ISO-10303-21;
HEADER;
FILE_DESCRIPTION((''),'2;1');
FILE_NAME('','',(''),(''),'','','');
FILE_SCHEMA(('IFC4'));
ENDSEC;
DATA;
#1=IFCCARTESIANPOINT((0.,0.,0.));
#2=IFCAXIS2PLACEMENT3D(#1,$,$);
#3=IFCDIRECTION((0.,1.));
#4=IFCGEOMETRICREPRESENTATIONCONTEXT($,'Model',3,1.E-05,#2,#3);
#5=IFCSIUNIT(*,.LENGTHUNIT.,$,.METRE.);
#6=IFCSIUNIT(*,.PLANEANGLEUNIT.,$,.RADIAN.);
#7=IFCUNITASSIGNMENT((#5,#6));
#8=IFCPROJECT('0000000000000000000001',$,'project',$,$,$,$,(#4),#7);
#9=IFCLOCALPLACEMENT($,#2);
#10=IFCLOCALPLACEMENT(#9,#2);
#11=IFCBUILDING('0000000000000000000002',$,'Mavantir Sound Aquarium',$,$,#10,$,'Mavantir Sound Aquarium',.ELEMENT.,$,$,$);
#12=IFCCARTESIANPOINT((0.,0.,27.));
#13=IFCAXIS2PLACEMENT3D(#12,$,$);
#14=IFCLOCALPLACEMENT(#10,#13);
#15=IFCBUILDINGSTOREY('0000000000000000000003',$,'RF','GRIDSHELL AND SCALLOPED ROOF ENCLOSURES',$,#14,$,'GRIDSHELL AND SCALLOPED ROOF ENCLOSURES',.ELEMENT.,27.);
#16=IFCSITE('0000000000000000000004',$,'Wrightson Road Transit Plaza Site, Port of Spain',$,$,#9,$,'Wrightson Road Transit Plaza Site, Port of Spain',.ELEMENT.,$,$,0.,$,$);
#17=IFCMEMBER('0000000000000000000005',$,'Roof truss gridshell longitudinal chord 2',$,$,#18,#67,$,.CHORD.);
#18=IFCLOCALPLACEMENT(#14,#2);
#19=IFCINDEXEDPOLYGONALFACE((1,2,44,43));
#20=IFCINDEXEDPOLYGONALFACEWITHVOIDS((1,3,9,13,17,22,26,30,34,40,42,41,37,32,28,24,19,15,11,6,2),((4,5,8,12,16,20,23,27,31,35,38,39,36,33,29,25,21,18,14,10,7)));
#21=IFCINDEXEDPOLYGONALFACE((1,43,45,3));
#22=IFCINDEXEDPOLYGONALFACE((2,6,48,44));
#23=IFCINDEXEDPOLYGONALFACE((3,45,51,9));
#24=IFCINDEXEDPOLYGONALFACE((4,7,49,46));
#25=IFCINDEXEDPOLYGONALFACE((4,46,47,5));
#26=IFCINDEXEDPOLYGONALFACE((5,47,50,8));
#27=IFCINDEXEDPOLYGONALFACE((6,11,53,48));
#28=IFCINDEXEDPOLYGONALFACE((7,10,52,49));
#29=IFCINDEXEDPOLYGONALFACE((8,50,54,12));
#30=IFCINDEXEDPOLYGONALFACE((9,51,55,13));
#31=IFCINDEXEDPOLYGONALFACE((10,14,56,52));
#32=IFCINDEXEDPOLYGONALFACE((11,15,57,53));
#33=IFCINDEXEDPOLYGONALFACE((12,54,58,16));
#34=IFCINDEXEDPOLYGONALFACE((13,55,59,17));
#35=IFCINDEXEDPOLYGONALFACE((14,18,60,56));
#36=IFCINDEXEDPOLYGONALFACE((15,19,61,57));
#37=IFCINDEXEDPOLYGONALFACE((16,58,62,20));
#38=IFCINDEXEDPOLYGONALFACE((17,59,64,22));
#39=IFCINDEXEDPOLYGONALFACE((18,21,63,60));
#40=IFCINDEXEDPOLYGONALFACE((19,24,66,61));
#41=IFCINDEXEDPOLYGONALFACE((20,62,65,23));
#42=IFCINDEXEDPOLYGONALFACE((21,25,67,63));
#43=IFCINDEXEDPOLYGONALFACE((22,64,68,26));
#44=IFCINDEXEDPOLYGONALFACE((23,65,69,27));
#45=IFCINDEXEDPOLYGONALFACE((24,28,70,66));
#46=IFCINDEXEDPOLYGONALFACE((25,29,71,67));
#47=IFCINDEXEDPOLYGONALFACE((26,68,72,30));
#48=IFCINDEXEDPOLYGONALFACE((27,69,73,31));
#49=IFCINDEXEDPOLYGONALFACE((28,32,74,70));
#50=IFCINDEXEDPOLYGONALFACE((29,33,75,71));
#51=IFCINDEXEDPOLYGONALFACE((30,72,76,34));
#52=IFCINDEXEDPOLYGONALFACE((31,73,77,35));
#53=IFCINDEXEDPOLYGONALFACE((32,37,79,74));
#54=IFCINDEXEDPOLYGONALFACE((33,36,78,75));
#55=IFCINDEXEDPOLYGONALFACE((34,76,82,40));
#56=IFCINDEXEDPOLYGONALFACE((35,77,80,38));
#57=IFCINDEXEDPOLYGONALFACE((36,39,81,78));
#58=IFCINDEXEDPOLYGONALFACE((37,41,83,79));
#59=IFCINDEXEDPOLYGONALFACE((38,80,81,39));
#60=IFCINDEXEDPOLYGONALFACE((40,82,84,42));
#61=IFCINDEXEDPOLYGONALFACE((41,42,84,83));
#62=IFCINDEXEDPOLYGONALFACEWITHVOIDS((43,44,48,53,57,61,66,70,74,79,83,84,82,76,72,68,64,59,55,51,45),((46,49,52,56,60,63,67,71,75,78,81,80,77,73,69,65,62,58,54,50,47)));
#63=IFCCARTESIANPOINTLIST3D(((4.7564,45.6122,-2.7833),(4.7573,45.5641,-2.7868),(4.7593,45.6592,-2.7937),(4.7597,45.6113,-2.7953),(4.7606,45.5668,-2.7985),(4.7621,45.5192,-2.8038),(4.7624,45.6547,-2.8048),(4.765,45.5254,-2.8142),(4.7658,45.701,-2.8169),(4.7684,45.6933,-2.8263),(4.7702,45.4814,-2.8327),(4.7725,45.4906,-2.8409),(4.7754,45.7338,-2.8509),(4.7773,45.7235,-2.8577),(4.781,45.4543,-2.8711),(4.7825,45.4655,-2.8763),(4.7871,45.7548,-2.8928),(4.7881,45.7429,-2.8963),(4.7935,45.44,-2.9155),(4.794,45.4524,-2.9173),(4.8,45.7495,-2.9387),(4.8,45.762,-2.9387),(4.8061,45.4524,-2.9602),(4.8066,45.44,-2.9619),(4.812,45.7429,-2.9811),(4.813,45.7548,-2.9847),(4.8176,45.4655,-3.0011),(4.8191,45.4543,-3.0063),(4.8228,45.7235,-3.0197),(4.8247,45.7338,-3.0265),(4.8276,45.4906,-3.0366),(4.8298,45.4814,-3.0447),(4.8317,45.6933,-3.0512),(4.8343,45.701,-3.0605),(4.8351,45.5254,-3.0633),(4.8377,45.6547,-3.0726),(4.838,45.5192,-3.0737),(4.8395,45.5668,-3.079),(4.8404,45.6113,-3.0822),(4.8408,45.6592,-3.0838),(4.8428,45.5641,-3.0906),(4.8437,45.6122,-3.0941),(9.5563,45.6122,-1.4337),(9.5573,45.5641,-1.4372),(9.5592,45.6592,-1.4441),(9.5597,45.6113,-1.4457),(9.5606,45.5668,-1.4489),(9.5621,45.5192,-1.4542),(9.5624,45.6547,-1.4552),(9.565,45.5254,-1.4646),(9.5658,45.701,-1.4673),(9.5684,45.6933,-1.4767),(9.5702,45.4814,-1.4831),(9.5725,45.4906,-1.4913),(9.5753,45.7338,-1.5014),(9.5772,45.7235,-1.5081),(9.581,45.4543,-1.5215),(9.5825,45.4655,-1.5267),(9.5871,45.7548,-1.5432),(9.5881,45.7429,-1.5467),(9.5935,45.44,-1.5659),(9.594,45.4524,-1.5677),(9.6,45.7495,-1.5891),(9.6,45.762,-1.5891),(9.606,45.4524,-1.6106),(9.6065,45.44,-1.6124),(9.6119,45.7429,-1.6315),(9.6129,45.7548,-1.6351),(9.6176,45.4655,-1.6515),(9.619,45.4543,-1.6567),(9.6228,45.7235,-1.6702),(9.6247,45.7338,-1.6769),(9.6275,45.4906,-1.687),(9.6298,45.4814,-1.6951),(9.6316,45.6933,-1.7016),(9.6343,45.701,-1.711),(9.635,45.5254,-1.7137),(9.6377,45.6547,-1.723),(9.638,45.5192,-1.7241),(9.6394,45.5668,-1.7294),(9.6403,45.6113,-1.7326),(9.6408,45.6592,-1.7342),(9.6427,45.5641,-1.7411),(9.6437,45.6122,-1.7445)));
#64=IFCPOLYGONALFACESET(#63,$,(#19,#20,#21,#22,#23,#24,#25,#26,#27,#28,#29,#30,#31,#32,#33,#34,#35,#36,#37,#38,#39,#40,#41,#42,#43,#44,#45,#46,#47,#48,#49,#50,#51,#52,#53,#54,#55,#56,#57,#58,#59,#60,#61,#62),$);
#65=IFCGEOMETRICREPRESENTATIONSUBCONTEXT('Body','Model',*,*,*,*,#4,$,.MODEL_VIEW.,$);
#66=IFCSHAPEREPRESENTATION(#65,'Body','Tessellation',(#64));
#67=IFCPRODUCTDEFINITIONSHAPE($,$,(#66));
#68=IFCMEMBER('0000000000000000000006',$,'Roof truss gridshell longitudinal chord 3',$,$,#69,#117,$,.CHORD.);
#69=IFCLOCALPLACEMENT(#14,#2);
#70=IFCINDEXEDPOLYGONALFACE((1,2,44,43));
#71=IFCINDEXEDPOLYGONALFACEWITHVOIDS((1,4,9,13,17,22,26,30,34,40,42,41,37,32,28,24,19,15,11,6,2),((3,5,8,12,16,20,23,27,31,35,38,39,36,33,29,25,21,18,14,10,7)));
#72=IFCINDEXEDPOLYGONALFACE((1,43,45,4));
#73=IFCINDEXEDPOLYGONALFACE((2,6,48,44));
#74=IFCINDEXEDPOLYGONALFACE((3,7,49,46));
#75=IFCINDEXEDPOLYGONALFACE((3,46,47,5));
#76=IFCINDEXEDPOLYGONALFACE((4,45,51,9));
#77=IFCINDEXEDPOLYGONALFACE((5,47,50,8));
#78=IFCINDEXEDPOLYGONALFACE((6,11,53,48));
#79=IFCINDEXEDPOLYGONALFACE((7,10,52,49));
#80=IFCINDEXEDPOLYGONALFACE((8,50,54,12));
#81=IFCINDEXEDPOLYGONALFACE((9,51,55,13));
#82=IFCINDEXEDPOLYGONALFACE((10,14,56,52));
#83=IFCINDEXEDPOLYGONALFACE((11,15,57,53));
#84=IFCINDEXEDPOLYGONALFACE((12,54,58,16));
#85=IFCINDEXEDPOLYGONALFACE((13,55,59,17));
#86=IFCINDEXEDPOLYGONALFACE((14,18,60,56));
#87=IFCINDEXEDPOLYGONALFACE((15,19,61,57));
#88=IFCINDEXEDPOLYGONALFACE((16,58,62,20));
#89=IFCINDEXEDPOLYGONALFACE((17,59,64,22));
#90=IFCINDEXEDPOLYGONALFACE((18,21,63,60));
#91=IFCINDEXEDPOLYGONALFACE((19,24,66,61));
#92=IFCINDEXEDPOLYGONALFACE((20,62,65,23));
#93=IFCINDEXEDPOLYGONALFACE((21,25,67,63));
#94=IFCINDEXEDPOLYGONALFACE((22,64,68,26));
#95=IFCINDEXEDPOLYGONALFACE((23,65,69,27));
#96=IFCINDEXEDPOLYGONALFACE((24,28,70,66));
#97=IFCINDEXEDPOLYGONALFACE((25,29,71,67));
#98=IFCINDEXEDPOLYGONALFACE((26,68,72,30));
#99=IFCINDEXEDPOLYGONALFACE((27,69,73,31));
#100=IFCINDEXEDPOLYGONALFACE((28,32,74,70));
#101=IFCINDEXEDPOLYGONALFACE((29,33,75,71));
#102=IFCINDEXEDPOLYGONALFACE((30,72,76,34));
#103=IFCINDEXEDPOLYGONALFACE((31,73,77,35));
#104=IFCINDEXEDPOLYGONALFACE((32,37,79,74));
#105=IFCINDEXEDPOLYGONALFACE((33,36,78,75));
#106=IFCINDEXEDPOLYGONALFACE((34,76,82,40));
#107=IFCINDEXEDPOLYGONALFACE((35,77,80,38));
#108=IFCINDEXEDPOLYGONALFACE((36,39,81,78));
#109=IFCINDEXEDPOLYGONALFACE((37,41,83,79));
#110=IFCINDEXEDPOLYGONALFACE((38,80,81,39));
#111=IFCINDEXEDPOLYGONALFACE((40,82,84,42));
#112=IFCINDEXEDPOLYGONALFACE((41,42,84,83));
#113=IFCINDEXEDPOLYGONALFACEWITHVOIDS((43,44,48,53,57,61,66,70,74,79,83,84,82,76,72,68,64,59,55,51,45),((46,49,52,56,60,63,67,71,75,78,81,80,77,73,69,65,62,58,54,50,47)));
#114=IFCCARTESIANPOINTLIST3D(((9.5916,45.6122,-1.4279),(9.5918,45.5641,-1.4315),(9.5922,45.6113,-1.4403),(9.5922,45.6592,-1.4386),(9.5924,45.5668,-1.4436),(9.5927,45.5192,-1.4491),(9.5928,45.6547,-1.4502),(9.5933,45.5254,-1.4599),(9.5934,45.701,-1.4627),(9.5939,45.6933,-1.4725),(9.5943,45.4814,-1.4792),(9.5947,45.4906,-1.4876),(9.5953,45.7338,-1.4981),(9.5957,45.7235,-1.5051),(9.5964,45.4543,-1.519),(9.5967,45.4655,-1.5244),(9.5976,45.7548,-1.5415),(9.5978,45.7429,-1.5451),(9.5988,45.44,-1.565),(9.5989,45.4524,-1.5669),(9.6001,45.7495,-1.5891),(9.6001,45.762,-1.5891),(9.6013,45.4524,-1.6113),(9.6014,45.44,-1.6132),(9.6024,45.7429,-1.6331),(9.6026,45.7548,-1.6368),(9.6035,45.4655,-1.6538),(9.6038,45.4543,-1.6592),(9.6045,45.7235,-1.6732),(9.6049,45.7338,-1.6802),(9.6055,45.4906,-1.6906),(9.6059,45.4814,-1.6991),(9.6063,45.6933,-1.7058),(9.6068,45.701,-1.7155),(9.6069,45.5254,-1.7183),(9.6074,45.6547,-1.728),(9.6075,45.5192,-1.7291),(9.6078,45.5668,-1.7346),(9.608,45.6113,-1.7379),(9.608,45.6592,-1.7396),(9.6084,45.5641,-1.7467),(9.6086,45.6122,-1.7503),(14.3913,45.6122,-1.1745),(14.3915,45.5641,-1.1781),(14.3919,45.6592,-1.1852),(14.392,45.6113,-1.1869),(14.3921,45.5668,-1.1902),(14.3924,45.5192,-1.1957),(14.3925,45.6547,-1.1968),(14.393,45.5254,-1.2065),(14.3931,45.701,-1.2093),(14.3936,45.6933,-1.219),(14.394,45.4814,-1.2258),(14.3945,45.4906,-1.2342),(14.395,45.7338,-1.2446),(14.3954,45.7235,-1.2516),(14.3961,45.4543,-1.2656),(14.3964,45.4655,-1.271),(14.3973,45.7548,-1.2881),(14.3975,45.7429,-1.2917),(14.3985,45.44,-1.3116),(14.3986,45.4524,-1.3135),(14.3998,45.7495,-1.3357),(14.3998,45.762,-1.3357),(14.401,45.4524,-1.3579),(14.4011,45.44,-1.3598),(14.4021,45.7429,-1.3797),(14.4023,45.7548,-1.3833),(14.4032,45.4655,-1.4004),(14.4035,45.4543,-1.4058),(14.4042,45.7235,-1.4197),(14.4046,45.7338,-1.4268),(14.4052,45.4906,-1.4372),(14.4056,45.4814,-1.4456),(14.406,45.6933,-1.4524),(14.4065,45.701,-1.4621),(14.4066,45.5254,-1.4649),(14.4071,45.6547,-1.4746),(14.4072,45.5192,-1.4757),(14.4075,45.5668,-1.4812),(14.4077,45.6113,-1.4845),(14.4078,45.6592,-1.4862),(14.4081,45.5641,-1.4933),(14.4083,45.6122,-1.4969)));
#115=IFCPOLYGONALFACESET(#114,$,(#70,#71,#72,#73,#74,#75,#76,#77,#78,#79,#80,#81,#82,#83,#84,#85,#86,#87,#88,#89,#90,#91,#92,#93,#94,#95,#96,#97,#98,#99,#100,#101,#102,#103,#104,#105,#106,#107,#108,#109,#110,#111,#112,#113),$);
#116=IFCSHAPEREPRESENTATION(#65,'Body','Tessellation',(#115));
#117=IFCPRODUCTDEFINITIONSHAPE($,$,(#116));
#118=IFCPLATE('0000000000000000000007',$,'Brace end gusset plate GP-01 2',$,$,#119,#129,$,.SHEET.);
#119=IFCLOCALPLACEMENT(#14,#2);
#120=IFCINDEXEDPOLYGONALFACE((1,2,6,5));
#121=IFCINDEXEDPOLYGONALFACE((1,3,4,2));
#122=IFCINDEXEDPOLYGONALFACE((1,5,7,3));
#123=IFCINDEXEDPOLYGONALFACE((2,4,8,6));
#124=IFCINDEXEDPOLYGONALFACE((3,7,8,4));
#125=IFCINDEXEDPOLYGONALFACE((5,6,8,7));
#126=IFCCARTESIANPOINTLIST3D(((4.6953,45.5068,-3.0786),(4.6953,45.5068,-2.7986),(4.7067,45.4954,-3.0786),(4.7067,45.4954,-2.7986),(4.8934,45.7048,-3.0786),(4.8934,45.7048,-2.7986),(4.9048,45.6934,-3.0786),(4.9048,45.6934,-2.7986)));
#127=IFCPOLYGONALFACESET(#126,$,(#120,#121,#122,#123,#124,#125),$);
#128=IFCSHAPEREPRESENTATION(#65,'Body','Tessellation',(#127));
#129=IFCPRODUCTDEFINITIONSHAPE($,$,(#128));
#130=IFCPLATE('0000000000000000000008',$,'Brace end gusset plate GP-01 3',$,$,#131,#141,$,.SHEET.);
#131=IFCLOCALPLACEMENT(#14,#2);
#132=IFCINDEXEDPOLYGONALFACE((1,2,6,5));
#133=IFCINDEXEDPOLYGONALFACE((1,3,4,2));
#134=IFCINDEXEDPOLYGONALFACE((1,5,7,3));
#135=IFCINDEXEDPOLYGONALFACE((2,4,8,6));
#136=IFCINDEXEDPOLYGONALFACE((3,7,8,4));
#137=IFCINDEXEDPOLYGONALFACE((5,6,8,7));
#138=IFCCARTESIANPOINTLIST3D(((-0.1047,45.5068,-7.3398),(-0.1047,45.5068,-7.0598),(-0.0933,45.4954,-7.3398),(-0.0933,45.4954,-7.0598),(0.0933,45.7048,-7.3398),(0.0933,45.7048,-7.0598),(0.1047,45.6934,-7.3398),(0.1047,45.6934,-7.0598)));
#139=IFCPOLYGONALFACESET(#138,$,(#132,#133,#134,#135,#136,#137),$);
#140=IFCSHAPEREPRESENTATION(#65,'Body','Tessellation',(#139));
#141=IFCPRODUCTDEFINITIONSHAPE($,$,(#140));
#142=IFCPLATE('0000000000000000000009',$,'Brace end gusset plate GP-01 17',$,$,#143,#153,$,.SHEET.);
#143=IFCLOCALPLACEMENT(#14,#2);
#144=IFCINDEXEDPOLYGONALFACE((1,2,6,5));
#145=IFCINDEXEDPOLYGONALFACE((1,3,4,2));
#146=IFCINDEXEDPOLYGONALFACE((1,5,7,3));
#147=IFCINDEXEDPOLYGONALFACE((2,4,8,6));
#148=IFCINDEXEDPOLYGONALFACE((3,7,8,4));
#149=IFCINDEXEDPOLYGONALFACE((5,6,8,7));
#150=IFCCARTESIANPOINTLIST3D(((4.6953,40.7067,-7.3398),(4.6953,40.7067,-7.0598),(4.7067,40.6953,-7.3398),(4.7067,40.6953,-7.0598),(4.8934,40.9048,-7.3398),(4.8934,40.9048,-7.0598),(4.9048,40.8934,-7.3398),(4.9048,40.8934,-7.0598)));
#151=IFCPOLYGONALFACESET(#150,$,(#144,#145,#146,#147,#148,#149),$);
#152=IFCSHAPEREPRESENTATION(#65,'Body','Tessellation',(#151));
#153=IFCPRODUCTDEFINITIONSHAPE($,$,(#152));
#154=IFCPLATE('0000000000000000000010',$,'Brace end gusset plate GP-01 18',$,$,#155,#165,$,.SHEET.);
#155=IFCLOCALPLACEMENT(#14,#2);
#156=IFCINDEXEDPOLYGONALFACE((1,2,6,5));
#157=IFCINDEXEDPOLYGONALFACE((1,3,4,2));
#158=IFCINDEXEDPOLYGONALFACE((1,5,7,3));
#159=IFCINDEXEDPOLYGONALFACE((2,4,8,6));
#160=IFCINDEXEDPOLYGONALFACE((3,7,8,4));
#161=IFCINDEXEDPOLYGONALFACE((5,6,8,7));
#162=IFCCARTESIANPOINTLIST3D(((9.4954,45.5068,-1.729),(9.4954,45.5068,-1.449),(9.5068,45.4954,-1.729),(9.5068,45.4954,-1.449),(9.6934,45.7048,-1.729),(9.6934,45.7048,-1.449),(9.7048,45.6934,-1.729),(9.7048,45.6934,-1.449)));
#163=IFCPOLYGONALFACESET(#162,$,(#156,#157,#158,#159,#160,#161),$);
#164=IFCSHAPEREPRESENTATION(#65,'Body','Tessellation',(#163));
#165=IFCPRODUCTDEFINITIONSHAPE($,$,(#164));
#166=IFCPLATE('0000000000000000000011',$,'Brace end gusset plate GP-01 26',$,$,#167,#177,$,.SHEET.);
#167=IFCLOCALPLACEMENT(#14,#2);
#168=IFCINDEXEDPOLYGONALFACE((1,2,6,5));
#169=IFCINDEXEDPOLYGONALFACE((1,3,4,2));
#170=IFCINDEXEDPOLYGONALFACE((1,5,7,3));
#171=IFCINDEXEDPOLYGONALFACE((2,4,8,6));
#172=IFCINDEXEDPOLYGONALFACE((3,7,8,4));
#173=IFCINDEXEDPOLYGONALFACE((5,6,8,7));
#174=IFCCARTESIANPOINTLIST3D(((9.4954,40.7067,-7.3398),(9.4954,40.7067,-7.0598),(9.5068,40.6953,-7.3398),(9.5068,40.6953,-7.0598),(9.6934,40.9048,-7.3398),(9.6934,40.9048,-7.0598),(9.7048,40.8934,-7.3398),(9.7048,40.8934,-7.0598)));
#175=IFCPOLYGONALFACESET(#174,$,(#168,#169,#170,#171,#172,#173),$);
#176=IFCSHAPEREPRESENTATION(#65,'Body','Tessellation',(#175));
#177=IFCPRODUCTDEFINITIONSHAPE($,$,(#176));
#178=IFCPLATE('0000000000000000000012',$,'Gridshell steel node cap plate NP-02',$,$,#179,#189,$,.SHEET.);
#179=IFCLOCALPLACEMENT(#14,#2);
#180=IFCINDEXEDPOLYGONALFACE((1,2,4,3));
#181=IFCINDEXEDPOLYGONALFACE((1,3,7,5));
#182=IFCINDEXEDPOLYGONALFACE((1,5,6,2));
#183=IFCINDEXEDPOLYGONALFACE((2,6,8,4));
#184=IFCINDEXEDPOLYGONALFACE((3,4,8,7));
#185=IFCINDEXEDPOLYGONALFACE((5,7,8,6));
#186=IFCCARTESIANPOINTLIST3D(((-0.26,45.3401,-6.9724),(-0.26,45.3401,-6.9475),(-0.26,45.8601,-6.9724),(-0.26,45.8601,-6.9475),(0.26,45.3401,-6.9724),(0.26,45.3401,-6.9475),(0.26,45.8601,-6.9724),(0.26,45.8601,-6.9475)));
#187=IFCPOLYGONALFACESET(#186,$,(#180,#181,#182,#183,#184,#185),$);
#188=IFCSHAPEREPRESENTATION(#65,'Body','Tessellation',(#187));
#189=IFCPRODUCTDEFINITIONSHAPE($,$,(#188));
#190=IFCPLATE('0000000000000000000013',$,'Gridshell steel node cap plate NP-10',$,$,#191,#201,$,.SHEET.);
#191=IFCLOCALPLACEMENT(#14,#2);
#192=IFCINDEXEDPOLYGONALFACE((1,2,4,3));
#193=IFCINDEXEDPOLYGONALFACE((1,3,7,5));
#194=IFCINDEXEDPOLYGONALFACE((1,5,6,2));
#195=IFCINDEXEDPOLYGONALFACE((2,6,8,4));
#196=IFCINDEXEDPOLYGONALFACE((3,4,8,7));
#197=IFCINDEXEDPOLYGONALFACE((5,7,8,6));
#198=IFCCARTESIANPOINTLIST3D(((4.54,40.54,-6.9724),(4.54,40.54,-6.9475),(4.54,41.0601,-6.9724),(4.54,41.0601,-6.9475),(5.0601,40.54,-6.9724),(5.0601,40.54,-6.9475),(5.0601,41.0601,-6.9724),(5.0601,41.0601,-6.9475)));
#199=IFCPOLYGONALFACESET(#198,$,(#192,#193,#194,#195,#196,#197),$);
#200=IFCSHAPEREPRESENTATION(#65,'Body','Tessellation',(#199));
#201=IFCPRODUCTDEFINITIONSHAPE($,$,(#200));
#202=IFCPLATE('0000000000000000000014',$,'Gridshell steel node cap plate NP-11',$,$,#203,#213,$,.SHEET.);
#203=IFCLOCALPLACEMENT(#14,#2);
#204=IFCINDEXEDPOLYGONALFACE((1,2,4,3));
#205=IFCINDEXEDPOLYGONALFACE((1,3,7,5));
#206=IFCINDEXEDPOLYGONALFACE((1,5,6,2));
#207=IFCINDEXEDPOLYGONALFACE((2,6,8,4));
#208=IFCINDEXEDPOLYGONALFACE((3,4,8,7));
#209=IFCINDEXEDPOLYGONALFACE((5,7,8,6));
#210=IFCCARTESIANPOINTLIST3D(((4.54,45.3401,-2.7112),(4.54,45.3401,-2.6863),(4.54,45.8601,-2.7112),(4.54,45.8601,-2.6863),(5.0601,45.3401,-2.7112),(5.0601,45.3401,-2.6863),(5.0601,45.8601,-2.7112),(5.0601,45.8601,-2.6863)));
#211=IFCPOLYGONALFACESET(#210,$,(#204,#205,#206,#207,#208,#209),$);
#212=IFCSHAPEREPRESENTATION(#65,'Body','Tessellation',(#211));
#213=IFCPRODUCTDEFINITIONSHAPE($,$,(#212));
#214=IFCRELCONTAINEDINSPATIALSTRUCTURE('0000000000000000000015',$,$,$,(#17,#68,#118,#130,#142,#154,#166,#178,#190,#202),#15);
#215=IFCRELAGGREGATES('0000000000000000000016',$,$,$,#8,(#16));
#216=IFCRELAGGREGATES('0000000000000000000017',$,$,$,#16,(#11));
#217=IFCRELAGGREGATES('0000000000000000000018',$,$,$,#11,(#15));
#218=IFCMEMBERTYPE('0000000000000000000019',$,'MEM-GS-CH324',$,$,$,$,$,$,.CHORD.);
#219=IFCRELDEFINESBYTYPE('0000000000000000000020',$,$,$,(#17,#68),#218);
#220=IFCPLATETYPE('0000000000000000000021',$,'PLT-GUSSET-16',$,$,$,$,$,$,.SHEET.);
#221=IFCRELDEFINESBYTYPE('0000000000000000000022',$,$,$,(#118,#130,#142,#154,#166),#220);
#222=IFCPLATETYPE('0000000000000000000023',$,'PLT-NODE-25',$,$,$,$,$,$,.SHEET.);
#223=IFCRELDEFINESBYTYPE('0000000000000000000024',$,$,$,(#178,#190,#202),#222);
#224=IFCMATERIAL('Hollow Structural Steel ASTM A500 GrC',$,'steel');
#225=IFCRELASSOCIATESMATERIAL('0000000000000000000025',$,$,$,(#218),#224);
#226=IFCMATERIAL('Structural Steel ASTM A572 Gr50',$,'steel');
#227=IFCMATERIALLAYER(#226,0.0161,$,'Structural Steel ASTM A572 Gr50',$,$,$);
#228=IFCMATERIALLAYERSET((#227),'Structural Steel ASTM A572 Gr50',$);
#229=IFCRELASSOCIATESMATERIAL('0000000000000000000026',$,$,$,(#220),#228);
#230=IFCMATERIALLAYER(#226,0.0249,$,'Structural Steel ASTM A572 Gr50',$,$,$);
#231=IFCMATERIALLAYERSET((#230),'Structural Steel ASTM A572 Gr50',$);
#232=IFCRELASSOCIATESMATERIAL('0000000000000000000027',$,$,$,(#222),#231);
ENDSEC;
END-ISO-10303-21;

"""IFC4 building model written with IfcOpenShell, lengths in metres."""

from ifc_helpers import new_model, si_unit, direction, frame, origin, origin_2d, place, context, subcontext, project, spatial, rectangle, hollow_circle, extrude, material, layer, layer_set, material_profile, profile_set, type_object, element, save


model = new_model("IFC4")

# Units and contexts
model_context = context("Model", 3, precision=1e-05, world=origin(), true_north=direction((0.0, 1.0)))
body_context = subcontext(model_context, "Body", "Model", "MODEL_VIEW")
ifc_project = project(units=[si_unit("LENGTHUNIT", "METRE"), si_unit("PLANEANGLEUNIT", "RADIAN")], contexts=[model_context])

# Site, building, storey
site_placement = place(None, origin())
site = spatial("IfcSite", under=ifc_project, at=site_placement, Name="Wrightson Road Transit Plaza Site, Port of Spain", LongName="Wrightson Road Transit Plaza Site, Port of Spain", CompositionType="ELEMENT", RefElevation=0.0)
building_placement = place(site_placement, origin())
building = spatial("IfcBuilding", under=site, at=building_placement, Name="Mavantir Sound Aquarium", LongName="Mavantir Sound Aquarium", CompositionType="ELEMENT")
storey_placement = place(building_placement, frame((0.0, 0.0, 27.0)))
storey = spatial("IfcBuildingStorey", under=building, at=storey_placement, Name="RF", Description="GRIDSHELL AND SCALLOPED ROOF ENCLOSURES", LongName="GRIDSHELL AND SCALLOPED ROOF ENCLOSURES", CompositionType="ELEMENT", Elevation=27.0)

# Shared definitions
ifc_material_1 = material(Name="Hollow Structural Steel ASTM A500 GrC", Category="steel")

# Members
ifc_material_profile_1 = material_profile(ifc_material_1, hollow_circle(Radius=0.1619, WallThickness=0.0125, at=origin_2d()), Name="CHS 323.9X12.5")
ifc_profile_set_1 = profile_set([ifc_material_profile_1], Name="Hollow Structural Steel ASTM A500 GrC")
member_type_1 = type_object("IfcMemberType", Name="MEM-GS-CH324", PredefinedType="CHORD", material=ifc_profile_set_1)
member_1_placement = place(storey_placement, frame((4.8, 45.6001, -2.9387), z_axis=(0.962672, 0.0, 0.27067), x_axis=(0.0, 1.0, 0.0)))
element("IfcMember", 1, at=member_1_placement, inside=storey, type_object=member_type_1, Name="Roof truss gridshell longitudinal chord 2", PredefinedType="CHORD", context=body_context, shape_type="SweptSolid", body=[
    extrude(hollow_circle(Radius=0.1619, WallThickness=0.0125, at=origin_2d()), origin(), (0.0, 0.0, 1.0), 4.9861),
])
member_2_placement = place(storey_placement, frame((9.6001, 45.6001, -1.5891), z_axis=(0.998609, 0.0, 0.052724), x_axis=(0.0, 1.0, 0.0)))
element("IfcMember", 2, at=member_2_placement, inside=storey, type_object=member_type_1, Name="Roof truss gridshell longitudinal chord 3", PredefinedType="CHORD", context=body_context, shape_type="SweptSolid", body=[
    extrude(hollow_circle(Radius=0.1619, WallThickness=0.0125, at=origin_2d()), origin(), (0.0, 0.0, 1.0), 4.8064),
])

# Plates
ifc_material_2 = material(Name="Structural Steel ASTM A572 Gr50", Category="steel")
ifc_layer_1 = layer(ifc_material_2, 0.0161, Name="Structural Steel ASTM A572 Gr50")
ifc_layer_set_1 = layer_set([ifc_layer_1], Name="Structural Steel ASTM A572 Gr50")
plate_type_1 = type_object("IfcPlateType", Name="PLT-GUSSET-16", PredefinedType="SHEET", material=ifc_layer_set_1)
for number, where, z_axis, x_axis, name in (
    (3, (4.8, 45.6001, -3.0786), (0.0, 0.0, 1.0), (0.707107, 0.707107, 0.0), "Brace end gusset plate GP-01 2"),
    (4, (0.0, 45.6001, -7.3398), (0.0, 0.0, 1.0), (0.707107, 0.707107, 0.0), "Brace end gusset plate GP-01 3"),
    (5, (4.8, 40.8, -7.3398), (0.0, 0.0, 1.0), (0.707107, 0.707107, 0.0), "Brace end gusset plate GP-01 17"),
    (6, (9.6001, 45.6001, -1.729), (0.0, 0.0, 1.0), (0.707107, 0.707107, 0.0), "Brace end gusset plate GP-01 18"),
    (7, (9.6001, 40.8, -7.3398), (0.0, 0.0, 1.0), (0.707107, 0.707107, 0.0), "Brace end gusset plate GP-01 26"),
):
    element("IfcPlate", number, at=place(storey_placement, frame(where, z_axis=z_axis, x_axis=x_axis)), inside=storey, type_object=plate_type_1, Name=name, PredefinedType="SHEET", context=body_context, shape_type="SweptSolid", body=[
        extrude(rectangle(XDim=0.28, YDim=0.0161, at=origin_2d()), origin(), (0.0, 0.0, 1.0), 0.28),
    ])
ifc_layer_2 = layer(ifc_material_2, 0.0249, Name="Structural Steel ASTM A572 Gr50")
ifc_layer_set_2 = layer_set([ifc_layer_2], Name="Structural Steel ASTM A572 Gr50")
plate_type_2 = type_object("IfcPlateType", Name="PLT-NODE-25", PredefinedType="SHEET", material=ifc_layer_set_2)
for number, where, z_axis, x_axis, name in (
    (8, (0.0, 45.6001, -6.9724), (0.0, 0.0, 1.0), (1.0, 0.0, 0.0), "Gridshell steel node cap plate NP-02"),
    (9, (4.8, 40.8, -6.9724), (0.0, 0.0, 1.0), (1.0, 0.0, 0.0), "Gridshell steel node cap plate NP-10"),
    (10, (4.8, 45.6001, -2.7112), (0.0, 0.0, 1.0), (1.0, 0.0, 0.0), "Gridshell steel node cap plate NP-11"),
):
    element("IfcPlate", number, at=place(storey_placement, frame(where, z_axis=z_axis, x_axis=x_axis)), inside=storey, type_object=plate_type_2, Name=name, PredefinedType="SHEET", context=body_context, shape_type="SweptSolid", body=[
        extrude(rectangle(XDim=0.52, YDim=0.52, at=origin_2d()), origin(), (0.0, 0.0, 1.0), 0.0249),
    ])

save(model, "model.ifc")
